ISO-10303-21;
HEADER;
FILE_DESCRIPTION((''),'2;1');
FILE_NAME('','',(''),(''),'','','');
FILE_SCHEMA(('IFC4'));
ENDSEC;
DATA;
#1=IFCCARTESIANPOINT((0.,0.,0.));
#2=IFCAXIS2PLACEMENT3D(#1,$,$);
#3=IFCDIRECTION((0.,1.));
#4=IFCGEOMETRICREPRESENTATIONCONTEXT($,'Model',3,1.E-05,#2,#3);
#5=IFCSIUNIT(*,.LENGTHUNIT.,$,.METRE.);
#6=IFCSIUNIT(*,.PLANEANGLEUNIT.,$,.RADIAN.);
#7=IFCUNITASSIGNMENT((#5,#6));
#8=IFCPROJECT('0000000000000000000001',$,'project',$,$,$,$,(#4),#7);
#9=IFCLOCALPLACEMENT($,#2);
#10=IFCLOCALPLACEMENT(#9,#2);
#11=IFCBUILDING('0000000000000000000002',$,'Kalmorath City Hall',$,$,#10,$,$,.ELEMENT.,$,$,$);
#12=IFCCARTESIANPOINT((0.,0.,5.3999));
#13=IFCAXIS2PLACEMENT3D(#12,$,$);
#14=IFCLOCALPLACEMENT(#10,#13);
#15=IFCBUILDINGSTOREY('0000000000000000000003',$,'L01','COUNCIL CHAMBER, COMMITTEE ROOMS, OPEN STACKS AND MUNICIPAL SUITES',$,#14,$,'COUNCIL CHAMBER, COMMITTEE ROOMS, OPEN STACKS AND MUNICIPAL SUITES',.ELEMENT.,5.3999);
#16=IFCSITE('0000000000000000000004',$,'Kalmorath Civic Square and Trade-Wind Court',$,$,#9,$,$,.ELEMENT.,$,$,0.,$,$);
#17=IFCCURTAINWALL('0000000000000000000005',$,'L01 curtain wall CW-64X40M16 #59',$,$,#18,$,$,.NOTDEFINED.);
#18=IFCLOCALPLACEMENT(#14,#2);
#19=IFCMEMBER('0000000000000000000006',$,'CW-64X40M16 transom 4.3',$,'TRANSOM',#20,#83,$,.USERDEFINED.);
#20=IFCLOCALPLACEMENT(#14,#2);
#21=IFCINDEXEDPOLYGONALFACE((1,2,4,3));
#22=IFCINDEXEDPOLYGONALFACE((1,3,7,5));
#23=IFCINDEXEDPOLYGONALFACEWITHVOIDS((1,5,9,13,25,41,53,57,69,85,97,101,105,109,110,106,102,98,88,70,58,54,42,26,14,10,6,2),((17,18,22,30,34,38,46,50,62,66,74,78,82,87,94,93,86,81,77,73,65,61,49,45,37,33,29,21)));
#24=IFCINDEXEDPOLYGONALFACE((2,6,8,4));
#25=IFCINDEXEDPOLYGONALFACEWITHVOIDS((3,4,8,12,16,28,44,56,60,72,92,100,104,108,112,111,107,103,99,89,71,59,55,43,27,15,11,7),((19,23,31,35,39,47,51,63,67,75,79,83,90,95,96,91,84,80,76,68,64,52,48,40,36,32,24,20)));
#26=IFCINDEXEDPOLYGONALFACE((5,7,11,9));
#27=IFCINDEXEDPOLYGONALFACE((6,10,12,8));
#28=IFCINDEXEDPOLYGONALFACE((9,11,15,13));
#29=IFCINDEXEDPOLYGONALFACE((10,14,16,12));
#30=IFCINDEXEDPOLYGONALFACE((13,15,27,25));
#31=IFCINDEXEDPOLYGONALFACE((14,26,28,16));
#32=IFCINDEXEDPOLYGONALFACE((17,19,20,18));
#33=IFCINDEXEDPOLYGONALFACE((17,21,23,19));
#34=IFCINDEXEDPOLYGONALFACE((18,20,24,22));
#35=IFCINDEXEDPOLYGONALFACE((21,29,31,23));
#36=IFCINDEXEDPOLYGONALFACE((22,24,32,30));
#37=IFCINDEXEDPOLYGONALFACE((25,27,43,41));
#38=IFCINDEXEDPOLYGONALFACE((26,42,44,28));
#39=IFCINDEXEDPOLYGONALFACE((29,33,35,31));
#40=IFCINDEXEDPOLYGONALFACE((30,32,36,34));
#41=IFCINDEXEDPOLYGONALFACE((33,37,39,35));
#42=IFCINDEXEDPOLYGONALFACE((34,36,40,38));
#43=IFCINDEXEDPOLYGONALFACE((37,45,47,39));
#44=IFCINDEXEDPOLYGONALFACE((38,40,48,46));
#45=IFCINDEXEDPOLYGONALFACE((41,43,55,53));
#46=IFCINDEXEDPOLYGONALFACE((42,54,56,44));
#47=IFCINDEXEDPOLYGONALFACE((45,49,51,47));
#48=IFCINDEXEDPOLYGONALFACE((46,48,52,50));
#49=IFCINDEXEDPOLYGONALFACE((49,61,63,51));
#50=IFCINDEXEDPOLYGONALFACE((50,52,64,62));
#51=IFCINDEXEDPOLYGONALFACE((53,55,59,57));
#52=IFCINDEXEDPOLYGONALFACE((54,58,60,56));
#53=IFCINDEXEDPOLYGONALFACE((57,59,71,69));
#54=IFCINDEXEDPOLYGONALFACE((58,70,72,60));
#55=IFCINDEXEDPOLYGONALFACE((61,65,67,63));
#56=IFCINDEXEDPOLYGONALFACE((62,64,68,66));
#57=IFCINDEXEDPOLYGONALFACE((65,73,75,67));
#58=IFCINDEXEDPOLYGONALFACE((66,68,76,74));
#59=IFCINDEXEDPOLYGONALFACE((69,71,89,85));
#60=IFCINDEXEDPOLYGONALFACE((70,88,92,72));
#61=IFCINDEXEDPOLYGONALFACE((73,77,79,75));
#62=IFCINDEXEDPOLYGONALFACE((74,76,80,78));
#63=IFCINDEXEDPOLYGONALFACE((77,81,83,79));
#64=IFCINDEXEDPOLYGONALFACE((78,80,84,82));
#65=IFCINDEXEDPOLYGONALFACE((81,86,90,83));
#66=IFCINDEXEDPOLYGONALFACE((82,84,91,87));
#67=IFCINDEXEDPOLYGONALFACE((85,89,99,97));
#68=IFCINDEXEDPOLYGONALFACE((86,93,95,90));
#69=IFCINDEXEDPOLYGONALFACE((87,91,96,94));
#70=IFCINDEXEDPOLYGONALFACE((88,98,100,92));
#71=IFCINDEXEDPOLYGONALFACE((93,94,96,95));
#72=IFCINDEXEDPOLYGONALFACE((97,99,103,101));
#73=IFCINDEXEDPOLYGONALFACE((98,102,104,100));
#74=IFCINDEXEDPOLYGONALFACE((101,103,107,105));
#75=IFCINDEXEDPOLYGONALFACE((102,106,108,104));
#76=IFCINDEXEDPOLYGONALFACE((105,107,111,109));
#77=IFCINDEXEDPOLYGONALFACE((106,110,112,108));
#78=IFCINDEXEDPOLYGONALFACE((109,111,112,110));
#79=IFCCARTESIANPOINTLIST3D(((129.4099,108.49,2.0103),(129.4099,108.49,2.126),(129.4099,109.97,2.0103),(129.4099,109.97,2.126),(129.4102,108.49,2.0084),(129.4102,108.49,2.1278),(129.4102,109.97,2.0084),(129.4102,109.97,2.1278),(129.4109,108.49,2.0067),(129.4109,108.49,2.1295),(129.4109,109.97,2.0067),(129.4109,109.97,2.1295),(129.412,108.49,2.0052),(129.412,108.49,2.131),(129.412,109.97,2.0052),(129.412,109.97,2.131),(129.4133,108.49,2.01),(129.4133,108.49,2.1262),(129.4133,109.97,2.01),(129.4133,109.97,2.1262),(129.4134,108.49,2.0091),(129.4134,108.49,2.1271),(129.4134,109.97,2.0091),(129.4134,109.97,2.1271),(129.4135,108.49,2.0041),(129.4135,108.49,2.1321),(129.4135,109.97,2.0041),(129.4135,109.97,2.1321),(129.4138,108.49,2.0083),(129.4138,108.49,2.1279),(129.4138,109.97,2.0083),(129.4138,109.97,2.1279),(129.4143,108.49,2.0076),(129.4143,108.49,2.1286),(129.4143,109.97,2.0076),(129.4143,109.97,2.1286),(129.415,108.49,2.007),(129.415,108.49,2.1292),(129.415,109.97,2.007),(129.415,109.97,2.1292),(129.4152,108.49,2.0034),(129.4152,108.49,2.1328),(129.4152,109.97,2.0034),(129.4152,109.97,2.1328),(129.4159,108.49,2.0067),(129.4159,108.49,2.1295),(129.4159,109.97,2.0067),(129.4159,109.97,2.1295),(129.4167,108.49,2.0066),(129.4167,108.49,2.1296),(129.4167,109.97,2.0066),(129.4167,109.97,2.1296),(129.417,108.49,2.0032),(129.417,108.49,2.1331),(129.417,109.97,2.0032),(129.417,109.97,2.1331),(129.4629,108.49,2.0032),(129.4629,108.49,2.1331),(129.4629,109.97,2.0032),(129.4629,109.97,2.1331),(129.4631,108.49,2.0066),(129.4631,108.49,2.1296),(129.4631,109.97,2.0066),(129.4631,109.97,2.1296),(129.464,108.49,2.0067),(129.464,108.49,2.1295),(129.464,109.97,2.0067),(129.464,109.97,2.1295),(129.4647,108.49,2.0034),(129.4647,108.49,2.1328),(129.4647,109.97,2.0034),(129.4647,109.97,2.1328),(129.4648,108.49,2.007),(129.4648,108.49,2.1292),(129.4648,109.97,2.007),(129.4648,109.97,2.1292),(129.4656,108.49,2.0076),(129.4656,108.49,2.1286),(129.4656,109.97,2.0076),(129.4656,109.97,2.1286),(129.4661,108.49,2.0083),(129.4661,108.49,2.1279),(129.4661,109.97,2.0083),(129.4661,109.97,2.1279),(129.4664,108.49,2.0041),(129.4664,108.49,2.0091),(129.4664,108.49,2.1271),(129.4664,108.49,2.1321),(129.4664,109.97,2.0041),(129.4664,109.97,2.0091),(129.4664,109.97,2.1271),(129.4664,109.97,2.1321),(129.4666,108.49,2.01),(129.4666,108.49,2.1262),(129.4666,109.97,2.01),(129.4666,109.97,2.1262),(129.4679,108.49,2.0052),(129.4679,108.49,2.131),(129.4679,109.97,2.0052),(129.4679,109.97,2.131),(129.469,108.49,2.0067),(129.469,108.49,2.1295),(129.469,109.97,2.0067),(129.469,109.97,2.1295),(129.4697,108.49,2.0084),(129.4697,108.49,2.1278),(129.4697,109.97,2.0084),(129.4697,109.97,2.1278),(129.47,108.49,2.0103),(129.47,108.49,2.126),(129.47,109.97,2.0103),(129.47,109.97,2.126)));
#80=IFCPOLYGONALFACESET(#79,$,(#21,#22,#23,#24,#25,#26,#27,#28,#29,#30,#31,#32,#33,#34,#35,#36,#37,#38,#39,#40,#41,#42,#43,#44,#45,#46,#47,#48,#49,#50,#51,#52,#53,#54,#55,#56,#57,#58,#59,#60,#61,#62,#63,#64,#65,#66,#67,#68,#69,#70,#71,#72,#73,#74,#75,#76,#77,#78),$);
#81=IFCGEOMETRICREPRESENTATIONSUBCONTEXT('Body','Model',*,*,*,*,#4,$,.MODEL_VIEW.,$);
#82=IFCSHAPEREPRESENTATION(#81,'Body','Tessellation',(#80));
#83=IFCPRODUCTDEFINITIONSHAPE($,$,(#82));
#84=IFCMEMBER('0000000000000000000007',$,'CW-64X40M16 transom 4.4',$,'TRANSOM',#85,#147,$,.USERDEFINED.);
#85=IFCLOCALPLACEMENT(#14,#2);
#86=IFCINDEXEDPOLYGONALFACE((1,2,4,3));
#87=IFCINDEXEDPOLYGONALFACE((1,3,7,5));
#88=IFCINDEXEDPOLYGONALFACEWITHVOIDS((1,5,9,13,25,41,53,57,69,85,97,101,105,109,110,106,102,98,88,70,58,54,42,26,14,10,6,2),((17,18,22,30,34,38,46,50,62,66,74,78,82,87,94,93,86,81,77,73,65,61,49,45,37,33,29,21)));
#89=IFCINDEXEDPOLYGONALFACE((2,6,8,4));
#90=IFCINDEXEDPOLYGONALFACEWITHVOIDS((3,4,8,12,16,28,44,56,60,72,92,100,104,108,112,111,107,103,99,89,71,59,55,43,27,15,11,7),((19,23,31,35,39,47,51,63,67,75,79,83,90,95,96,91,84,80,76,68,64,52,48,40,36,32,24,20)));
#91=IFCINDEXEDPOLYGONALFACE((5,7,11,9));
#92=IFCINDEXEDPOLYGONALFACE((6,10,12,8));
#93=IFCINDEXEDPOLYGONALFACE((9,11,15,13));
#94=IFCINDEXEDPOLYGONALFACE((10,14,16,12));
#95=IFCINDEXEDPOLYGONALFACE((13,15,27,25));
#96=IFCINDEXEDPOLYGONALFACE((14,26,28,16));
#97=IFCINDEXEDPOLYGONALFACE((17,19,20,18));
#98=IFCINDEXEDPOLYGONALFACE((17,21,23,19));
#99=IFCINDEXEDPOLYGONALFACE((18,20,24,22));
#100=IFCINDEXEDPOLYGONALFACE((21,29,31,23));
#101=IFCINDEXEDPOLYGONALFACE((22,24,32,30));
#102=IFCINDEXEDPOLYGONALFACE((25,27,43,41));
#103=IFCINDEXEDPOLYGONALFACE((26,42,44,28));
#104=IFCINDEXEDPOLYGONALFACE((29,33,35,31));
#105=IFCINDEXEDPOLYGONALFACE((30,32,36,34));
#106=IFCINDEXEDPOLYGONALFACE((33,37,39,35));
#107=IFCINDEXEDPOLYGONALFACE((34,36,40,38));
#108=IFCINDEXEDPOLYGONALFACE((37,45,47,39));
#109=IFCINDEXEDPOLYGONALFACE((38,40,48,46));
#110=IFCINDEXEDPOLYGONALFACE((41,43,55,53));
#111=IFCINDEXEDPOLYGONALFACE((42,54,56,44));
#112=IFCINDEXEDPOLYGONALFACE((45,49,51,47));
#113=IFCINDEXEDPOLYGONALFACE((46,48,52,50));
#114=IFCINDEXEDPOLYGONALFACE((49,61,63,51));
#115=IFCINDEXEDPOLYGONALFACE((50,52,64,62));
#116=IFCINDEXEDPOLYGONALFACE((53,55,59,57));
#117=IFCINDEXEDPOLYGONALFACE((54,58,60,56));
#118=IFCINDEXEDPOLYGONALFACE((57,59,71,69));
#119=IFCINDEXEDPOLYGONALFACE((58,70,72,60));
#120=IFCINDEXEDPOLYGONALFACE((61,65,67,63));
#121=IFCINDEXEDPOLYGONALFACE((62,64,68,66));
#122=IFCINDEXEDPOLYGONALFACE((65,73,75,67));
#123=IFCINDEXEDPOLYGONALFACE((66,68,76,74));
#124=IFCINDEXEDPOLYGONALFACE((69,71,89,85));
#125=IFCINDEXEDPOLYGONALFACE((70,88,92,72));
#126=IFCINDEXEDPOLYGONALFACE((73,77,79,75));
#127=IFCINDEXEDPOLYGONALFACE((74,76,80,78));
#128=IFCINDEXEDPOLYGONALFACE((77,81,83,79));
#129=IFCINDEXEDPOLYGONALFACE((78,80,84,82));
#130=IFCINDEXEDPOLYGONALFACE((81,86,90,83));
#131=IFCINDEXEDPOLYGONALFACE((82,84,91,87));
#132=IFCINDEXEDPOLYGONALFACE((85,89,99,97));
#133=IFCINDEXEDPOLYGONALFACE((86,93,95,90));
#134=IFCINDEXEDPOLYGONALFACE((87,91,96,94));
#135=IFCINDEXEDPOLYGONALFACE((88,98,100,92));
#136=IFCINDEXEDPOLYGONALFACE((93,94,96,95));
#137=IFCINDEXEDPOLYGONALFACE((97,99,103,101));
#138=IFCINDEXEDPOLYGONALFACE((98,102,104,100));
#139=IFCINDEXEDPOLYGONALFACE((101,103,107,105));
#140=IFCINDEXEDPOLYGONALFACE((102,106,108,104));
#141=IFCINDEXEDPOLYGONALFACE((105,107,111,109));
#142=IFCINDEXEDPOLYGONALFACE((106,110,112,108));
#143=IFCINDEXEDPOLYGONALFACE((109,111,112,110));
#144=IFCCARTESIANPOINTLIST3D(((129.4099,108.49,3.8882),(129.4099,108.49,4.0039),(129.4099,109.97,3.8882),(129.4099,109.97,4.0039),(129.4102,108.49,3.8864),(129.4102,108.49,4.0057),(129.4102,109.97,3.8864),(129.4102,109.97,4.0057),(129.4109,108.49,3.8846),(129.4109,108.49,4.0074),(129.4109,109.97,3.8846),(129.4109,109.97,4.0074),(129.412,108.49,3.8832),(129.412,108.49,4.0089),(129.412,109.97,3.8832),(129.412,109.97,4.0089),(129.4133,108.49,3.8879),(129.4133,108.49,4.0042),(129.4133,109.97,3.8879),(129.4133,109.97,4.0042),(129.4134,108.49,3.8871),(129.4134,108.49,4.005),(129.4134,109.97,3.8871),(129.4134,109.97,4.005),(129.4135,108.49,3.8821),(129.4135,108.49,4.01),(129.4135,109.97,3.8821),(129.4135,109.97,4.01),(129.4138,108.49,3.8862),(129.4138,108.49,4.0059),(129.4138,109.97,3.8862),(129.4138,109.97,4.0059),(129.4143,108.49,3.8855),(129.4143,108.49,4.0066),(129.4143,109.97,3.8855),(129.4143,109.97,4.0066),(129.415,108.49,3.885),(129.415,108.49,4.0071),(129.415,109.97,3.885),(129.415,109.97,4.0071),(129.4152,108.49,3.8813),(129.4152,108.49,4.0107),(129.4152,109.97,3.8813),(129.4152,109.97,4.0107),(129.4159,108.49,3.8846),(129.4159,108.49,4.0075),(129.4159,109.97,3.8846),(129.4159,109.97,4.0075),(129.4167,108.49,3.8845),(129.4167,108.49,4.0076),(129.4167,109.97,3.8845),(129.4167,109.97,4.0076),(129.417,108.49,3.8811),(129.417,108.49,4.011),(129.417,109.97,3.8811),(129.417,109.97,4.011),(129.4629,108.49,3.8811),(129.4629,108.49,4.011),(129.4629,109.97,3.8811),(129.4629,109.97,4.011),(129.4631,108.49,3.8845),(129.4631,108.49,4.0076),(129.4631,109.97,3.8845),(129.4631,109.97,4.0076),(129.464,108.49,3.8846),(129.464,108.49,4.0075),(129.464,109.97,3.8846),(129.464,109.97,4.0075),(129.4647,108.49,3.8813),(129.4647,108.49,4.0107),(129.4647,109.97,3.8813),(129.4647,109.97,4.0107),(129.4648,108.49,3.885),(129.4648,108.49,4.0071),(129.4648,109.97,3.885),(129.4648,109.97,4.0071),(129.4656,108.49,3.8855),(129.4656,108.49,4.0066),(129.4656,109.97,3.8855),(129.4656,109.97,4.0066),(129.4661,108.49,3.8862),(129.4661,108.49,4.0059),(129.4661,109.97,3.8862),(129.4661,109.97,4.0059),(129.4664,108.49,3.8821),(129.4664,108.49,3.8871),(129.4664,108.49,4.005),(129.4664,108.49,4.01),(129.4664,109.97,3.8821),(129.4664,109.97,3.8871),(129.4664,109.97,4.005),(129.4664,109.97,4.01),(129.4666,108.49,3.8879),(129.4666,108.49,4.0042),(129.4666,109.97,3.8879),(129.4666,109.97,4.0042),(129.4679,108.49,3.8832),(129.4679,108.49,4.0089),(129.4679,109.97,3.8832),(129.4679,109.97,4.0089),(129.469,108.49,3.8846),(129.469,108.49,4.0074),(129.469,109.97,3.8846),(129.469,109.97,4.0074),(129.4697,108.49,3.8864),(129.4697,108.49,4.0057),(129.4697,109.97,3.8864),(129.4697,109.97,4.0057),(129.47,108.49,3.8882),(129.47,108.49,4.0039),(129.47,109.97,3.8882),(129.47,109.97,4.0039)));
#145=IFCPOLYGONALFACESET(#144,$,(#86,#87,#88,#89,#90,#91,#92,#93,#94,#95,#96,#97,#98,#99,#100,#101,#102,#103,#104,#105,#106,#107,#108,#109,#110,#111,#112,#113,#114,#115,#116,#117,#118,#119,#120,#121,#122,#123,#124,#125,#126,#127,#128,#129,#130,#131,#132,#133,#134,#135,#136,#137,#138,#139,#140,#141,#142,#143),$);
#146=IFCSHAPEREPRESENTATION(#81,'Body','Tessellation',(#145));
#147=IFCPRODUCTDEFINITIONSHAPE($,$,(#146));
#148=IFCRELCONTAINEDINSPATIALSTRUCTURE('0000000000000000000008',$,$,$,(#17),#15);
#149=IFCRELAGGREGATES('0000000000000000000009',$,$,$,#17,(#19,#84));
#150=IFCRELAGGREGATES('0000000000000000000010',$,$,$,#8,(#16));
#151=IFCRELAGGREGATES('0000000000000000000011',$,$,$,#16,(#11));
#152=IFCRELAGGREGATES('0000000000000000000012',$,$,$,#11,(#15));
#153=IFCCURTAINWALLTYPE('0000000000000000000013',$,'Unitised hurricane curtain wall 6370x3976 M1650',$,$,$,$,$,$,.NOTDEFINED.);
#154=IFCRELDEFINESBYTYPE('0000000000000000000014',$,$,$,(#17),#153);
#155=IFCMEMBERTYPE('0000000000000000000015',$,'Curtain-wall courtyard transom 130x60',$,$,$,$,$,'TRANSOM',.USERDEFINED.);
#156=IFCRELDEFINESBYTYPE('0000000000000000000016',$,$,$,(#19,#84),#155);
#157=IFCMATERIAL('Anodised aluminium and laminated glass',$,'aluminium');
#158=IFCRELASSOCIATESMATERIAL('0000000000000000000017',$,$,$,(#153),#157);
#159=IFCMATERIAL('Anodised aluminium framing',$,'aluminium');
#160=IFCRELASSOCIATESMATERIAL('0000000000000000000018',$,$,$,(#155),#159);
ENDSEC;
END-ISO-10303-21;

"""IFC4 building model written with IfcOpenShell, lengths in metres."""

from ifc_helpers import new_model, si_unit, direction, frame, origin, origin_2d, place, context, subcontext, project, spatial, hollow_rectangle, extrude, material, material_profile, profile_set, type_object, element, aggregate, save


model = new_model("IFC4")

# Units and contexts
model_context = context("Model", 3, precision=1e-05, world=origin(), true_north=direction((0.0, 1.0)))
body_context = subcontext(model_context, "Body", "Model", "MODEL_VIEW")
ifc_project = project(units=[si_unit("LENGTHUNIT", "METRE"), si_unit("PLANEANGLEUNIT", "RADIAN")], contexts=[model_context])

# Site, building, storey
site_placement = place(None, origin())
site = spatial("IfcSite", under=ifc_project, at=site_placement, Name="Kalmorath Civic Square and Trade-Wind Court", CompositionType="ELEMENT", RefElevation=0.0)
building_placement = place(site_placement, origin())
building = spatial("IfcBuilding", under=site, at=building_placement, Name="Kalmorath City Hall", CompositionType="ELEMENT")
storey_placement = place(building_placement, frame((0.0, 0.0, 5.3999)))
storey = spatial("IfcBuildingStorey", under=building, at=storey_placement, Name="L01", Description="COUNCIL CHAMBER, COMMITTEE ROOMS, OPEN STACKS AND MUNICIPAL SUITES", LongName="COUNCIL CHAMBER, COMMITTEE ROOMS, OPEN STACKS AND MUNICIPAL SUITES", CompositionType="ELEMENT", Elevation=5.3999)

# Curtain wall, members
ifc_material_1 = material(Name="Anodised aluminium and laminated glass", Category="aluminium")
curtain_wall_type = type_object("IfcCurtainWallType", Name="Unitised hurricane curtain wall 6370x3976 M1650", PredefinedType="NOTDEFINED", material=ifc_material_1)
curtain_wall_placement = place(storey_placement, origin())
curtain_wall = element("IfcCurtainWall", 1, at=curtain_wall_placement, inside=storey, type_object=curtain_wall_type, Name="L01 curtain wall CW-64X40M16 #59", PredefinedType="NOTDEFINED")
ifc_material_2 = material(Name="Anodised aluminium framing", Category="aluminium")
ifc_material_profile_1 = material_profile(ifc_material_2, hollow_rectangle(XDim=0.0601, YDim=0.1299, WallThickness=0.0034, InnerFilletRadius=0.0034, OuterFilletRadius=0.0071, at=origin_2d()), Name="ALU-TRN-130X60X3.5")
ifc_profile_set_1 = profile_set([ifc_material_profile_1], Name="Anodised aluminium framing")
member_type_1 = type_object("IfcMemberType", Name="Curtain-wall courtyard transom 130x60", ElementType="TRANSOM", PredefinedType="USERDEFINED", material=ifc_profile_set_1)
member_1_placement = place(storey_placement, frame((129.4399, 109.97, 2.0681), z_axis=(0.0, -1.0, 0.0), x_axis=(1.0, 0.0, 0.0)))
member_1 = element("IfcMember", 2, at=member_1_placement, type_object=member_type_1, Name="CW-64X40M16 transom 4.3", ObjectType="TRANSOM", PredefinedType="USERDEFINED", context=body_context, shape_type="SweptSolid", body=[
    extrude(hollow_rectangle(XDim=0.0601, YDim=0.1299, WallThickness=0.0034, InnerFilletRadius=0.0034, OuterFilletRadius=0.0071, at=origin_2d()), origin(), (0.0, 0.0, 1.0), 1.48),
])
member_2_placement = place(storey_placement, frame((129.4399, 109.97, 3.946), z_axis=(0.0, -1.0, 0.0), x_axis=(1.0, 0.0, 0.0)))
member_2 = element("IfcMember", 3, at=member_2_placement, type_object=member_type_1, Name="CW-64X40M16 transom 4.4", ObjectType="TRANSOM", PredefinedType="USERDEFINED", context=body_context, shape_type="SweptSolid", body=[
    extrude(hollow_rectangle(XDim=0.0601, YDim=0.1299, WallThickness=0.0034, InnerFilletRadius=0.0034, OuterFilletRadius=0.0071, at=origin_2d()), origin(), (0.0, 0.0, 1.0), 1.48),
])

aggregate(curtain_wall, [member_1, member_2])

save(model, "model.ifc")
